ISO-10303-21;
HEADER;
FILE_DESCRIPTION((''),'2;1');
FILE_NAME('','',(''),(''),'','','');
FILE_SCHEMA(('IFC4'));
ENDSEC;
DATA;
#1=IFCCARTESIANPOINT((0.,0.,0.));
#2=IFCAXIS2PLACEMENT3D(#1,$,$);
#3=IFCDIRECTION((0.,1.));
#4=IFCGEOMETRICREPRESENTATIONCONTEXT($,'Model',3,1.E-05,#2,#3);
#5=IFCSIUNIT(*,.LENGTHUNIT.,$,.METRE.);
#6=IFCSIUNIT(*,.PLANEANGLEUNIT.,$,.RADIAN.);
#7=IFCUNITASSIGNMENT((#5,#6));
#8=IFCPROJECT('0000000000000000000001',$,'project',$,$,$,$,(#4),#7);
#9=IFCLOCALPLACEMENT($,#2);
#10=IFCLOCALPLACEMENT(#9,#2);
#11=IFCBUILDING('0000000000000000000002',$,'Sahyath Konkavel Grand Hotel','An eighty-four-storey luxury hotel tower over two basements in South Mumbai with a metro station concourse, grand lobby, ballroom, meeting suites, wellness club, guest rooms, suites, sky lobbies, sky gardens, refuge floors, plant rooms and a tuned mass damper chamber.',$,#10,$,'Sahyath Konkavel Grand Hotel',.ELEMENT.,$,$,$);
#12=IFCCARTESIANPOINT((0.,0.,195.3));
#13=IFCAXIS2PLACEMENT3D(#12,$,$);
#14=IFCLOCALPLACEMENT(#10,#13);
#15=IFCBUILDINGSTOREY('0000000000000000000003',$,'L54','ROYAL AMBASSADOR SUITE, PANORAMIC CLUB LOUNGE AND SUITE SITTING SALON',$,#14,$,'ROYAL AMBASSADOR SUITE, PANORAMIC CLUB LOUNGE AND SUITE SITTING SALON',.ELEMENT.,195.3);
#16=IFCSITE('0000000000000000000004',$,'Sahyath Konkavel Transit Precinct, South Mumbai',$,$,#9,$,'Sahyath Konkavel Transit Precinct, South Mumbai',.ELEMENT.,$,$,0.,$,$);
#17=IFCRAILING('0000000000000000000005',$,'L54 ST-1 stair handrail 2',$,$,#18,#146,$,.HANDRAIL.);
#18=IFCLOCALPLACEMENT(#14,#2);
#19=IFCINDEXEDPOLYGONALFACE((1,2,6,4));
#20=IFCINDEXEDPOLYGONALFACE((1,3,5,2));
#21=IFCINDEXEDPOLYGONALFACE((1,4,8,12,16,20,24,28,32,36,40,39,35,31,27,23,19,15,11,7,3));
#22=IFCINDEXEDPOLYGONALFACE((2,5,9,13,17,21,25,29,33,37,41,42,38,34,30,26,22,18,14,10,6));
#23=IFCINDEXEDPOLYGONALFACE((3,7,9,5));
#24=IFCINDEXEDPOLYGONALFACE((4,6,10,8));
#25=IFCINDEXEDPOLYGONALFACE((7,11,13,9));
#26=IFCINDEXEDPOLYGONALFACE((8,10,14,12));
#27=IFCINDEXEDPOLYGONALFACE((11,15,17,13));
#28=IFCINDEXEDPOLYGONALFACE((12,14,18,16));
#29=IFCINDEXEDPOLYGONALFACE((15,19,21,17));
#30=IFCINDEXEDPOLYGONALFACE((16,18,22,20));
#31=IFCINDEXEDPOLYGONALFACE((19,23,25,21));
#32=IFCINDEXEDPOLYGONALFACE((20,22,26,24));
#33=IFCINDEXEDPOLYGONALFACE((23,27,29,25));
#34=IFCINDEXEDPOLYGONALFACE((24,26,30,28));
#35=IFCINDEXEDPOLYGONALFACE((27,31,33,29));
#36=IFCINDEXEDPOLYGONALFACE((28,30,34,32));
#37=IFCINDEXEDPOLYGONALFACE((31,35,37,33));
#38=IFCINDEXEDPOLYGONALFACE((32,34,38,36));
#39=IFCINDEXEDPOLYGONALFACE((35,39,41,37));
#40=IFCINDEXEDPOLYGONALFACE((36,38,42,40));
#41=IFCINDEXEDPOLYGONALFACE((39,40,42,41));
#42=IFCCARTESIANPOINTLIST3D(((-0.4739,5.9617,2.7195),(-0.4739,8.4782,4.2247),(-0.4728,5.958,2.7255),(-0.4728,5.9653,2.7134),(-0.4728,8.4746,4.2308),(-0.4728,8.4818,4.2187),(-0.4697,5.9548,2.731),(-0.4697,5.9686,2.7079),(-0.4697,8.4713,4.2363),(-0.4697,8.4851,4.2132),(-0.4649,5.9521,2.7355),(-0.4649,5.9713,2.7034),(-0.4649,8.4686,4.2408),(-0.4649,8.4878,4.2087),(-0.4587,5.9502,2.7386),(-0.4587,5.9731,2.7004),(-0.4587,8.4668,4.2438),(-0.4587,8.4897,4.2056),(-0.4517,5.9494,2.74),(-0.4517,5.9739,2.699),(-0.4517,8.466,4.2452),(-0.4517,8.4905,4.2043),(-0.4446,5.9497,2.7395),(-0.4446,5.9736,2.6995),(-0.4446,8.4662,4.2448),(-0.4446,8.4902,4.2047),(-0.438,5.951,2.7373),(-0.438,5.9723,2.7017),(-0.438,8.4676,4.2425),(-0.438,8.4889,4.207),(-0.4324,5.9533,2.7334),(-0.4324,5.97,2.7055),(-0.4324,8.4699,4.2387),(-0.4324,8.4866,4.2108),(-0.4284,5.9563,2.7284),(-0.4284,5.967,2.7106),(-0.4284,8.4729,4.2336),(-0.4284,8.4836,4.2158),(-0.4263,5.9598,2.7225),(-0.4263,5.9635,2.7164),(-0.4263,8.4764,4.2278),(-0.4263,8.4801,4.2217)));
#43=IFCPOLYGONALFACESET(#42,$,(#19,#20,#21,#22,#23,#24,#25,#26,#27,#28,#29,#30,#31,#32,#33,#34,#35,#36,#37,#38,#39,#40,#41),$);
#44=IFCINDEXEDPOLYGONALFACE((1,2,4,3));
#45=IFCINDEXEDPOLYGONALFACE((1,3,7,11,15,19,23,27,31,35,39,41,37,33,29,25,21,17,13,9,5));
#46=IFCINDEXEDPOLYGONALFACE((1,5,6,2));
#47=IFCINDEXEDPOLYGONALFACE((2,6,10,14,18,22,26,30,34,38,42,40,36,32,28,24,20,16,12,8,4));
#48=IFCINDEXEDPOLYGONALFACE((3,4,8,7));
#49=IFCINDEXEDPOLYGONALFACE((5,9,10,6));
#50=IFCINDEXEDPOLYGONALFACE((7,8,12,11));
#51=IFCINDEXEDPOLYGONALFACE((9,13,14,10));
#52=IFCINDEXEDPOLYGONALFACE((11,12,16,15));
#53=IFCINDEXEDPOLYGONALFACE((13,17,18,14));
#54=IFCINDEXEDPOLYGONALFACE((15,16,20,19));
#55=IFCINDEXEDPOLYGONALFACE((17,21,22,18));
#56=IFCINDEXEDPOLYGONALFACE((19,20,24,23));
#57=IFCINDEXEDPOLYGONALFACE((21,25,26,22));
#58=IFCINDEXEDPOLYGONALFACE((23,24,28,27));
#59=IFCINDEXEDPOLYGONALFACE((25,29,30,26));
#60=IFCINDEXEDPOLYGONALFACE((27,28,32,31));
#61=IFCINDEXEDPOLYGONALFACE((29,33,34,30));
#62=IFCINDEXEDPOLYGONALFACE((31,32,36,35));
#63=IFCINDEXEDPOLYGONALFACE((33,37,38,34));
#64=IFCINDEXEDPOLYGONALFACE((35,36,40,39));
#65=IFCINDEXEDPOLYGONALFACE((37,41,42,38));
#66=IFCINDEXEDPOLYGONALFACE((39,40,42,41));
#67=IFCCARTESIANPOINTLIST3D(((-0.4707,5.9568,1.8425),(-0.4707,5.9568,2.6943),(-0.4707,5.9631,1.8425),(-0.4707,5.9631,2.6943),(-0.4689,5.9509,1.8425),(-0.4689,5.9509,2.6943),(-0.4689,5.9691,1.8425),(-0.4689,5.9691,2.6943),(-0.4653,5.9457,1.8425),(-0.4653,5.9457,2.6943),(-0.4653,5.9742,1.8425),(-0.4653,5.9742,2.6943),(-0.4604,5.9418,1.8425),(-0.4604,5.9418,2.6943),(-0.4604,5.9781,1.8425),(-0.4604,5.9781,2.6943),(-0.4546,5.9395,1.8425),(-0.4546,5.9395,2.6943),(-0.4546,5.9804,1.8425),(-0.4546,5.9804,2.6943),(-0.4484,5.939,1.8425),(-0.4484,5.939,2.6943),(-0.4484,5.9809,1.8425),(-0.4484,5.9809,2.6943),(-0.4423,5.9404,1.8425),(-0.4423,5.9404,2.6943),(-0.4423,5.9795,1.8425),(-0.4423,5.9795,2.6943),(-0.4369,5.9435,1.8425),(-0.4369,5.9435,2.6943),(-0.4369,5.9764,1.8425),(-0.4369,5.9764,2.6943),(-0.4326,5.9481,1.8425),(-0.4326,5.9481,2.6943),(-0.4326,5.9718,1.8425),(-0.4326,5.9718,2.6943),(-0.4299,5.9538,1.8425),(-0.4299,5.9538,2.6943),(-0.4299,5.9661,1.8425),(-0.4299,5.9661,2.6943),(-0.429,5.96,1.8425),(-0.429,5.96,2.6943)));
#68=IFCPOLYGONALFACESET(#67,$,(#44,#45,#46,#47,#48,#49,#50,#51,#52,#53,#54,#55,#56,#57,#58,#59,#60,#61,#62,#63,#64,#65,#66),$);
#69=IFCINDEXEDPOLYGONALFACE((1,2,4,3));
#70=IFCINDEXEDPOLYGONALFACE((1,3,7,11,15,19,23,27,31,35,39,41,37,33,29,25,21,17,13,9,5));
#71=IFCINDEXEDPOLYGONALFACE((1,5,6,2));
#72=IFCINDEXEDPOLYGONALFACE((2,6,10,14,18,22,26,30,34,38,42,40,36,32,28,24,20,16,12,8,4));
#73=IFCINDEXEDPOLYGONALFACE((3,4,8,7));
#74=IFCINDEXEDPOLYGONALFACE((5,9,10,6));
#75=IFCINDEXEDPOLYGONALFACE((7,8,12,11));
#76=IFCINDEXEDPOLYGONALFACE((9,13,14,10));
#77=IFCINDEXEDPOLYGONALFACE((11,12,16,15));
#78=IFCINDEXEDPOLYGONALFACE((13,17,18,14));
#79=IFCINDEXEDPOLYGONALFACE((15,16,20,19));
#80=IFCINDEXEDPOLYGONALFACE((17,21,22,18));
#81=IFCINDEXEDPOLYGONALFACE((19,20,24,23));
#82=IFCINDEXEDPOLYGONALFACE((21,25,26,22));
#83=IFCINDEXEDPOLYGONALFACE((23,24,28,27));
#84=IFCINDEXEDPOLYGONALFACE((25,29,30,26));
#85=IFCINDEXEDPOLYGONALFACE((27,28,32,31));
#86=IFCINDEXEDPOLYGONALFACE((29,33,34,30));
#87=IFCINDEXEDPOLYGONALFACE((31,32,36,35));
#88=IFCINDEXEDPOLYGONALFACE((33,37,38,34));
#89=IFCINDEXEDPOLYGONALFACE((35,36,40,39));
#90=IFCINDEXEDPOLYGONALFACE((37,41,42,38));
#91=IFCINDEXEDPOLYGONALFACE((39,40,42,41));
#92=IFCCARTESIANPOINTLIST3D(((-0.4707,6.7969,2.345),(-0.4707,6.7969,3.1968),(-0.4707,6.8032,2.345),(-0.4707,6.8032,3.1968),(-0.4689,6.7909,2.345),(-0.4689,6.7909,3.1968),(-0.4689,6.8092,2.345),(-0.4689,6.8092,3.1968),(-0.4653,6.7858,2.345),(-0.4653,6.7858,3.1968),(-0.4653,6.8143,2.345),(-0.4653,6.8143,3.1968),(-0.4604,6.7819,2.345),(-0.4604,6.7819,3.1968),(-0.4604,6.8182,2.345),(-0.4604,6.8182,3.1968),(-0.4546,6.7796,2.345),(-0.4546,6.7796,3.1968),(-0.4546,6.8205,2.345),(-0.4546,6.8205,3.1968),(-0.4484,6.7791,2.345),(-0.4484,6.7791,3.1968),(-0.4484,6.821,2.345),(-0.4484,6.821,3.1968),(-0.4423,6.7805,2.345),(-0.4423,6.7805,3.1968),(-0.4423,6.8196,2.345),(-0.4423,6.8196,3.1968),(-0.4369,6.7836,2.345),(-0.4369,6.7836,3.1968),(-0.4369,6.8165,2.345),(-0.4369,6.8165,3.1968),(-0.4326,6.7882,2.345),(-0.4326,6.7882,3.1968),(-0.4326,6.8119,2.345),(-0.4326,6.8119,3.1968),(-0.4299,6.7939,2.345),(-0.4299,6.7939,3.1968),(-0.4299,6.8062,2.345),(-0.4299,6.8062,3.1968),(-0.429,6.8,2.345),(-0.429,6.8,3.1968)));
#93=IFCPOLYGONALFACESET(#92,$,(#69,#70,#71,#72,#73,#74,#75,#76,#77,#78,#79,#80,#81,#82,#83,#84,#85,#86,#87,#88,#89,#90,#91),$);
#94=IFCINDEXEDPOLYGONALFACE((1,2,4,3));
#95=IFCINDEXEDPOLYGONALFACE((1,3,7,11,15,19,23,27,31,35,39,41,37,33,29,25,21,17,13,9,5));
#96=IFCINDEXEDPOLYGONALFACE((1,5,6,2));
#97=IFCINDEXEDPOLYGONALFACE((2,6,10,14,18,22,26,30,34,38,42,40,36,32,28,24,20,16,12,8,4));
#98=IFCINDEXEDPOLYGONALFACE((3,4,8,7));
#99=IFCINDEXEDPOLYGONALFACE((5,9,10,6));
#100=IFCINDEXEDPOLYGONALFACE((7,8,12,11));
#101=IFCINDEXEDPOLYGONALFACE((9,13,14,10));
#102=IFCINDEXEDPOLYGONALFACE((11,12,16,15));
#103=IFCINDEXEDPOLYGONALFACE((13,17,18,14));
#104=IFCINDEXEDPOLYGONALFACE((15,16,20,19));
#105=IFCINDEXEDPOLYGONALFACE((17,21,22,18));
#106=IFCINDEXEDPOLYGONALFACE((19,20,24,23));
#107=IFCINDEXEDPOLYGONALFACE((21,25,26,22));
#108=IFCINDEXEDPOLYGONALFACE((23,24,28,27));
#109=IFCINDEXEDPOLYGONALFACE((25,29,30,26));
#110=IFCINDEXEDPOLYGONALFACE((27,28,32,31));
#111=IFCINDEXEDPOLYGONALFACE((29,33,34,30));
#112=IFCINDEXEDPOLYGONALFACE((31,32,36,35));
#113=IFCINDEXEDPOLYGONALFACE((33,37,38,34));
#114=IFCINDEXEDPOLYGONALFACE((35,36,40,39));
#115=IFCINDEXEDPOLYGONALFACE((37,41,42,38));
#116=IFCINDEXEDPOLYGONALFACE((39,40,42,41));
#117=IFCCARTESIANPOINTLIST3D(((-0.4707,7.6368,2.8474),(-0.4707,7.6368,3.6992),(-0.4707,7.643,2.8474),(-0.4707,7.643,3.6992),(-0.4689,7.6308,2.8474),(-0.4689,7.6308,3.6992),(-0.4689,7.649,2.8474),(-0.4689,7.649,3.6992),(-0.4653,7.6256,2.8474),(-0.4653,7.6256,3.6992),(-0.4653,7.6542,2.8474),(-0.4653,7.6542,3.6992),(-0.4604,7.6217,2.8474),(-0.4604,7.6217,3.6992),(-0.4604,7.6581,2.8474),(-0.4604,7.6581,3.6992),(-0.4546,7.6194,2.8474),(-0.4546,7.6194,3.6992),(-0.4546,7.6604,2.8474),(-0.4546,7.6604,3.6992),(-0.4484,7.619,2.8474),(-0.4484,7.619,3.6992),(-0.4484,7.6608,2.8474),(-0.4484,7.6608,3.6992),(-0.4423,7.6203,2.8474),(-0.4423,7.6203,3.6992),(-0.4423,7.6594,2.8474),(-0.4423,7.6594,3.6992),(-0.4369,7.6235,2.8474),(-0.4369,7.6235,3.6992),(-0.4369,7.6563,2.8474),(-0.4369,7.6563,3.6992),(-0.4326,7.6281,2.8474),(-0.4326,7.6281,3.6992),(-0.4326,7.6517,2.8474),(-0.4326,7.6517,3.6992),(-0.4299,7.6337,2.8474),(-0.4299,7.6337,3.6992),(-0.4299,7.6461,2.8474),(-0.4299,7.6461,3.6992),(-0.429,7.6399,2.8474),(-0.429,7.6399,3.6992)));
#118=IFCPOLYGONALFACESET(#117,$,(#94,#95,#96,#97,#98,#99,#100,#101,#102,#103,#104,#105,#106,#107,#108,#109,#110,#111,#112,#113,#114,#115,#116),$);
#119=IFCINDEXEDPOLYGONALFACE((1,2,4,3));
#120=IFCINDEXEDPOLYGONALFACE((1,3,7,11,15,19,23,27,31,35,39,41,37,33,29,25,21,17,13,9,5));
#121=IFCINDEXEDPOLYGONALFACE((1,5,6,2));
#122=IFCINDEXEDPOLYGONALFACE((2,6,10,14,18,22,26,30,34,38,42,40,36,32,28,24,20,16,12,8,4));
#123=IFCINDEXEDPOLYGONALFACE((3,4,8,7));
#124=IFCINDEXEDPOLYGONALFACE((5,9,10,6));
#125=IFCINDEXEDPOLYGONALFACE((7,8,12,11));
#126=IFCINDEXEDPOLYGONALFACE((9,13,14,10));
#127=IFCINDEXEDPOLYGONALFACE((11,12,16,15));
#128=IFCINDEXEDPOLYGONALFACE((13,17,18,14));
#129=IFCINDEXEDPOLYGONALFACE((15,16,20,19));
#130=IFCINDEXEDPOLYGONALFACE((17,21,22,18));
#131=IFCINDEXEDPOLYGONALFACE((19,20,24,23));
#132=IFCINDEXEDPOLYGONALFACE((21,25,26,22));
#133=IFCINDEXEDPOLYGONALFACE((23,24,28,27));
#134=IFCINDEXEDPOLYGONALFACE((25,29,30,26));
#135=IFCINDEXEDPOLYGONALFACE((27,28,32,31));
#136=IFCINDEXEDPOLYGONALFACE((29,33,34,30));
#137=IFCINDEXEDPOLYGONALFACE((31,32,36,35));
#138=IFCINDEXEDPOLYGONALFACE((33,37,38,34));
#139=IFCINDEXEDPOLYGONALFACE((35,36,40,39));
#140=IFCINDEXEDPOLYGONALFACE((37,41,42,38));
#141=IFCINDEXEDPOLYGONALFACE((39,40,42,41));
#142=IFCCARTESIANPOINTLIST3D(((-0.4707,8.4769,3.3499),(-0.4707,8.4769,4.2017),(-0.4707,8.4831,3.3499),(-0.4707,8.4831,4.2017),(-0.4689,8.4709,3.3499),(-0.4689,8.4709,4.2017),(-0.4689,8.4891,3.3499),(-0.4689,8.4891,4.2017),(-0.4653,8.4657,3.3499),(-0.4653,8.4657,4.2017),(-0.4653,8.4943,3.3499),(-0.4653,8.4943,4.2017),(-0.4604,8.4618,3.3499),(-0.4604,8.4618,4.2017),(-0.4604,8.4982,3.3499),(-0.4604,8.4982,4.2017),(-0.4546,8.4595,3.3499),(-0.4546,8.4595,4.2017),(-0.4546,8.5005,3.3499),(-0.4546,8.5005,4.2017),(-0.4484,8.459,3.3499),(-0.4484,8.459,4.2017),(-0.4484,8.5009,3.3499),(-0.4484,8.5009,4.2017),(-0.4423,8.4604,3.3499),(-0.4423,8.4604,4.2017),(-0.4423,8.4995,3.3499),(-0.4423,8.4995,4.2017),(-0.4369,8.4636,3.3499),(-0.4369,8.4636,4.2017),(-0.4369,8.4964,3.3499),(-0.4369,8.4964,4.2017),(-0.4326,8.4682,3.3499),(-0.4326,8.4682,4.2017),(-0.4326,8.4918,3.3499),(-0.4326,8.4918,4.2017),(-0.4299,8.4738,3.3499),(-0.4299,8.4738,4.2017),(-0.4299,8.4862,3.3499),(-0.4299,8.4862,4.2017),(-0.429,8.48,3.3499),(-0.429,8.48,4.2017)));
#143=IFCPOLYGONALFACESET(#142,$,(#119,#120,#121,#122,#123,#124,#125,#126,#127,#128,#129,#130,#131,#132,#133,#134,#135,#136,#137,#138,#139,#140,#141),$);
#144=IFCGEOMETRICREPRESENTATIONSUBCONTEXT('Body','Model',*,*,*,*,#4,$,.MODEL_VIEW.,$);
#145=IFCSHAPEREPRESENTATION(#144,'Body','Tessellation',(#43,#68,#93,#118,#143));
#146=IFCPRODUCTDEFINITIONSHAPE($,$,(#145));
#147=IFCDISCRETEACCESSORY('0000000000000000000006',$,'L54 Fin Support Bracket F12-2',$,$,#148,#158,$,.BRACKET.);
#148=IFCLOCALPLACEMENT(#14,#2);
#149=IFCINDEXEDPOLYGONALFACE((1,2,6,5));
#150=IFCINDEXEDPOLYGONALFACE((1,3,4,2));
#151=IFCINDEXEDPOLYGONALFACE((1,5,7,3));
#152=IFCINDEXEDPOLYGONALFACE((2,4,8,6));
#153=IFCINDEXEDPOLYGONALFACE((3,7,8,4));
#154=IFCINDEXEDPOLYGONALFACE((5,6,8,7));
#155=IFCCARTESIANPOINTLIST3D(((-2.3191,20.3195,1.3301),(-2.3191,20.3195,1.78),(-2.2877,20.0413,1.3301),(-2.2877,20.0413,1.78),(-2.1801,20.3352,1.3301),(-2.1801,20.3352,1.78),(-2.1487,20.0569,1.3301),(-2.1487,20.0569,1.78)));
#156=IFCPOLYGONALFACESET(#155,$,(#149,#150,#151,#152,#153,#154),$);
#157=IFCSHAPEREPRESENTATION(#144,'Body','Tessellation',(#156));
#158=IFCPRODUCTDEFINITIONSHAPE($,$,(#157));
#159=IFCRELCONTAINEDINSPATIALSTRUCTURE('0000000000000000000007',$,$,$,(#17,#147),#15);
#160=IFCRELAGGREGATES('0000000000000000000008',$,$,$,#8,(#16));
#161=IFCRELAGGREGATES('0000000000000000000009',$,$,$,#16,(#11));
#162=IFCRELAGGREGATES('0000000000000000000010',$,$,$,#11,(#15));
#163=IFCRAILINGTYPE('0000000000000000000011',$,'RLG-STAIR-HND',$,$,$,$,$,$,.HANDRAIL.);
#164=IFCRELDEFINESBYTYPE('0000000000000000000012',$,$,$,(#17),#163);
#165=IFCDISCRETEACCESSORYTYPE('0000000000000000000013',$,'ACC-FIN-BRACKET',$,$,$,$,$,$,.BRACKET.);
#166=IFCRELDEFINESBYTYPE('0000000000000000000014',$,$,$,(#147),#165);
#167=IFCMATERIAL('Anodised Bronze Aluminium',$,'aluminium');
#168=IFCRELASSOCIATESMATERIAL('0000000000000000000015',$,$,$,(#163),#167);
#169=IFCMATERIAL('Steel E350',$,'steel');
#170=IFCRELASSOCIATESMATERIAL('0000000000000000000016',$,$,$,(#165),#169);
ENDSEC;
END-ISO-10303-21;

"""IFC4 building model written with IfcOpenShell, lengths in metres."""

from ifc_helpers import new_model, si_unit, direction, frame, origin, origin_2d, place, context, subcontext, project, spatial, rectangle, circle, extrude, source, transform, mapped, material, type_object, element, save


model = new_model("IFC4")

# Units and contexts
model_context = context("Model", 3, precision=1e-05, world=origin(), true_north=direction((0.0, 1.0)))
body_context = subcontext(model_context, "Body", "Model", "MODEL_VIEW")
ifc_project = project(units=[si_unit("LENGTHUNIT", "METRE"), si_unit("PLANEANGLEUNIT", "RADIAN")], contexts=[model_context])

# Site, building, storey
site_placement = place(None, origin())
site = spatial("IfcSite", under=ifc_project, at=site_placement, Name="Sahyath Konkavel Transit Precinct, South Mumbai", LongName="Sahyath Konkavel Transit Precinct, South Mumbai", CompositionType="ELEMENT", RefElevation=0.0)
building_placement = place(site_placement, origin())
building = spatial("IfcBuilding", under=site, at=building_placement, Name="Sahyath Konkavel Grand Hotel", Description="An eighty-four-storey luxury hotel tower over two basements in South Mumbai with a metro station concourse, grand lobby, ballroom, meeting suites, wellness club, guest rooms, suites, sky lobbies, sky gardens, refuge floors, plant rooms and a tuned mass damper chamber.", LongName="Sahyath Konkavel Grand Hotel", CompositionType="ELEMENT")
storey_placement = place(building_placement, frame((0.0, 0.0, 195.3)))
storey = spatial("IfcBuildingStorey", under=building, at=storey_placement, Name="L54", Description="ROYAL AMBASSADOR SUITE, PANORAMIC CLUB LOUNGE AND SUITE SITTING SALON", LongName="ROYAL AMBASSADOR SUITE, PANORAMIC CLUB LOUNGE AND SUITE SITTING SALON", CompositionType="ELEMENT", Elevation=195.3)

# Shared definitions
ifc_material_1 = material(Name="Steel E350", Category="steel")

# Shared definitions
ifc_material_2 = material(Name="Anodised Bronze Aluminium", Category="aluminium")

# Railing
railing_type_1 = type_object("IfcRailingType", Name="RLG-STAIR-HND", PredefinedType="HANDRAIL", material=ifc_material_2)
railing_1_placement = place(storey_placement, frame((-0.45, 5.96, 1.8425)))
element("IfcRailing", 1, at=railing_1_placement, inside=storey, type_object=railing_type_1, Name="L54 ST-1 stair handrail 2", PredefinedType="HANDRAIL", context=body_context, shape_type="SweptSolid", body=[
    extrude(circle(Radius=0.0239, at=origin_2d()), frame((0.0, 0.0017, 0.877), z_axis=(0.0, 0.858196, 0.513321), x_axis=(-1.0, 0.0, 0.0)), (0.0, 0.0, 1.0), 2.9324),
    extrude(circle(Radius=0.021, at=origin_2d()), origin(), (0.0, 0.0, 1.0), 0.8518),
    extrude(circle(Radius=0.021, at=origin_2d()), frame((0.0, 0.8401, 0.5024)), (0.0, 0.0, 1.0), 0.8518),
    extrude(circle(Radius=0.021, at=origin_2d()), frame((0.0, 1.6799, 1.0049)), (0.0, 0.0, 1.0), 0.8518),
    extrude(circle(Radius=0.021, at=origin_2d()), frame((0.0, 2.52, 1.5073)), (0.0, 0.0, 1.0), 0.8518),
])

# Discrete accessory
discrete_accessory_type = type_object("IfcDiscreteAccessoryType", Name="ACC-FIN-BRACKET", PredefinedType="BRACKET", material=ifc_material_1)
shared_shape_1 = source(origin(), body_context, "Body", "SweptSolid", [
    extrude(rectangle(XDim=0.28, YDim=0.1399, at=origin_2d()), origin(), (0.0, 0.0, 1.0), 0.45),
])
discrete_accessory_placement = place(storey_placement, frame((-2.2339, 20.1882, 1.3301), z_axis=(0.0, 0.0, 1.0), x_axis=(-0.112007, 0.993707, 0.0)))
element("IfcDiscreteAccessory", 2, at=discrete_accessory_placement, inside=storey, type_object=discrete_accessory_type, Name="L54 Fin Support Bracket F12-2", PredefinedType="BRACKET", context=body_context, shape_type="MappedRepresentation", body=[
    mapped(shared_shape_1, transform((0.0, 0.0, 0.0), scale=1.0)),
])

save(model, "model.ifc")
